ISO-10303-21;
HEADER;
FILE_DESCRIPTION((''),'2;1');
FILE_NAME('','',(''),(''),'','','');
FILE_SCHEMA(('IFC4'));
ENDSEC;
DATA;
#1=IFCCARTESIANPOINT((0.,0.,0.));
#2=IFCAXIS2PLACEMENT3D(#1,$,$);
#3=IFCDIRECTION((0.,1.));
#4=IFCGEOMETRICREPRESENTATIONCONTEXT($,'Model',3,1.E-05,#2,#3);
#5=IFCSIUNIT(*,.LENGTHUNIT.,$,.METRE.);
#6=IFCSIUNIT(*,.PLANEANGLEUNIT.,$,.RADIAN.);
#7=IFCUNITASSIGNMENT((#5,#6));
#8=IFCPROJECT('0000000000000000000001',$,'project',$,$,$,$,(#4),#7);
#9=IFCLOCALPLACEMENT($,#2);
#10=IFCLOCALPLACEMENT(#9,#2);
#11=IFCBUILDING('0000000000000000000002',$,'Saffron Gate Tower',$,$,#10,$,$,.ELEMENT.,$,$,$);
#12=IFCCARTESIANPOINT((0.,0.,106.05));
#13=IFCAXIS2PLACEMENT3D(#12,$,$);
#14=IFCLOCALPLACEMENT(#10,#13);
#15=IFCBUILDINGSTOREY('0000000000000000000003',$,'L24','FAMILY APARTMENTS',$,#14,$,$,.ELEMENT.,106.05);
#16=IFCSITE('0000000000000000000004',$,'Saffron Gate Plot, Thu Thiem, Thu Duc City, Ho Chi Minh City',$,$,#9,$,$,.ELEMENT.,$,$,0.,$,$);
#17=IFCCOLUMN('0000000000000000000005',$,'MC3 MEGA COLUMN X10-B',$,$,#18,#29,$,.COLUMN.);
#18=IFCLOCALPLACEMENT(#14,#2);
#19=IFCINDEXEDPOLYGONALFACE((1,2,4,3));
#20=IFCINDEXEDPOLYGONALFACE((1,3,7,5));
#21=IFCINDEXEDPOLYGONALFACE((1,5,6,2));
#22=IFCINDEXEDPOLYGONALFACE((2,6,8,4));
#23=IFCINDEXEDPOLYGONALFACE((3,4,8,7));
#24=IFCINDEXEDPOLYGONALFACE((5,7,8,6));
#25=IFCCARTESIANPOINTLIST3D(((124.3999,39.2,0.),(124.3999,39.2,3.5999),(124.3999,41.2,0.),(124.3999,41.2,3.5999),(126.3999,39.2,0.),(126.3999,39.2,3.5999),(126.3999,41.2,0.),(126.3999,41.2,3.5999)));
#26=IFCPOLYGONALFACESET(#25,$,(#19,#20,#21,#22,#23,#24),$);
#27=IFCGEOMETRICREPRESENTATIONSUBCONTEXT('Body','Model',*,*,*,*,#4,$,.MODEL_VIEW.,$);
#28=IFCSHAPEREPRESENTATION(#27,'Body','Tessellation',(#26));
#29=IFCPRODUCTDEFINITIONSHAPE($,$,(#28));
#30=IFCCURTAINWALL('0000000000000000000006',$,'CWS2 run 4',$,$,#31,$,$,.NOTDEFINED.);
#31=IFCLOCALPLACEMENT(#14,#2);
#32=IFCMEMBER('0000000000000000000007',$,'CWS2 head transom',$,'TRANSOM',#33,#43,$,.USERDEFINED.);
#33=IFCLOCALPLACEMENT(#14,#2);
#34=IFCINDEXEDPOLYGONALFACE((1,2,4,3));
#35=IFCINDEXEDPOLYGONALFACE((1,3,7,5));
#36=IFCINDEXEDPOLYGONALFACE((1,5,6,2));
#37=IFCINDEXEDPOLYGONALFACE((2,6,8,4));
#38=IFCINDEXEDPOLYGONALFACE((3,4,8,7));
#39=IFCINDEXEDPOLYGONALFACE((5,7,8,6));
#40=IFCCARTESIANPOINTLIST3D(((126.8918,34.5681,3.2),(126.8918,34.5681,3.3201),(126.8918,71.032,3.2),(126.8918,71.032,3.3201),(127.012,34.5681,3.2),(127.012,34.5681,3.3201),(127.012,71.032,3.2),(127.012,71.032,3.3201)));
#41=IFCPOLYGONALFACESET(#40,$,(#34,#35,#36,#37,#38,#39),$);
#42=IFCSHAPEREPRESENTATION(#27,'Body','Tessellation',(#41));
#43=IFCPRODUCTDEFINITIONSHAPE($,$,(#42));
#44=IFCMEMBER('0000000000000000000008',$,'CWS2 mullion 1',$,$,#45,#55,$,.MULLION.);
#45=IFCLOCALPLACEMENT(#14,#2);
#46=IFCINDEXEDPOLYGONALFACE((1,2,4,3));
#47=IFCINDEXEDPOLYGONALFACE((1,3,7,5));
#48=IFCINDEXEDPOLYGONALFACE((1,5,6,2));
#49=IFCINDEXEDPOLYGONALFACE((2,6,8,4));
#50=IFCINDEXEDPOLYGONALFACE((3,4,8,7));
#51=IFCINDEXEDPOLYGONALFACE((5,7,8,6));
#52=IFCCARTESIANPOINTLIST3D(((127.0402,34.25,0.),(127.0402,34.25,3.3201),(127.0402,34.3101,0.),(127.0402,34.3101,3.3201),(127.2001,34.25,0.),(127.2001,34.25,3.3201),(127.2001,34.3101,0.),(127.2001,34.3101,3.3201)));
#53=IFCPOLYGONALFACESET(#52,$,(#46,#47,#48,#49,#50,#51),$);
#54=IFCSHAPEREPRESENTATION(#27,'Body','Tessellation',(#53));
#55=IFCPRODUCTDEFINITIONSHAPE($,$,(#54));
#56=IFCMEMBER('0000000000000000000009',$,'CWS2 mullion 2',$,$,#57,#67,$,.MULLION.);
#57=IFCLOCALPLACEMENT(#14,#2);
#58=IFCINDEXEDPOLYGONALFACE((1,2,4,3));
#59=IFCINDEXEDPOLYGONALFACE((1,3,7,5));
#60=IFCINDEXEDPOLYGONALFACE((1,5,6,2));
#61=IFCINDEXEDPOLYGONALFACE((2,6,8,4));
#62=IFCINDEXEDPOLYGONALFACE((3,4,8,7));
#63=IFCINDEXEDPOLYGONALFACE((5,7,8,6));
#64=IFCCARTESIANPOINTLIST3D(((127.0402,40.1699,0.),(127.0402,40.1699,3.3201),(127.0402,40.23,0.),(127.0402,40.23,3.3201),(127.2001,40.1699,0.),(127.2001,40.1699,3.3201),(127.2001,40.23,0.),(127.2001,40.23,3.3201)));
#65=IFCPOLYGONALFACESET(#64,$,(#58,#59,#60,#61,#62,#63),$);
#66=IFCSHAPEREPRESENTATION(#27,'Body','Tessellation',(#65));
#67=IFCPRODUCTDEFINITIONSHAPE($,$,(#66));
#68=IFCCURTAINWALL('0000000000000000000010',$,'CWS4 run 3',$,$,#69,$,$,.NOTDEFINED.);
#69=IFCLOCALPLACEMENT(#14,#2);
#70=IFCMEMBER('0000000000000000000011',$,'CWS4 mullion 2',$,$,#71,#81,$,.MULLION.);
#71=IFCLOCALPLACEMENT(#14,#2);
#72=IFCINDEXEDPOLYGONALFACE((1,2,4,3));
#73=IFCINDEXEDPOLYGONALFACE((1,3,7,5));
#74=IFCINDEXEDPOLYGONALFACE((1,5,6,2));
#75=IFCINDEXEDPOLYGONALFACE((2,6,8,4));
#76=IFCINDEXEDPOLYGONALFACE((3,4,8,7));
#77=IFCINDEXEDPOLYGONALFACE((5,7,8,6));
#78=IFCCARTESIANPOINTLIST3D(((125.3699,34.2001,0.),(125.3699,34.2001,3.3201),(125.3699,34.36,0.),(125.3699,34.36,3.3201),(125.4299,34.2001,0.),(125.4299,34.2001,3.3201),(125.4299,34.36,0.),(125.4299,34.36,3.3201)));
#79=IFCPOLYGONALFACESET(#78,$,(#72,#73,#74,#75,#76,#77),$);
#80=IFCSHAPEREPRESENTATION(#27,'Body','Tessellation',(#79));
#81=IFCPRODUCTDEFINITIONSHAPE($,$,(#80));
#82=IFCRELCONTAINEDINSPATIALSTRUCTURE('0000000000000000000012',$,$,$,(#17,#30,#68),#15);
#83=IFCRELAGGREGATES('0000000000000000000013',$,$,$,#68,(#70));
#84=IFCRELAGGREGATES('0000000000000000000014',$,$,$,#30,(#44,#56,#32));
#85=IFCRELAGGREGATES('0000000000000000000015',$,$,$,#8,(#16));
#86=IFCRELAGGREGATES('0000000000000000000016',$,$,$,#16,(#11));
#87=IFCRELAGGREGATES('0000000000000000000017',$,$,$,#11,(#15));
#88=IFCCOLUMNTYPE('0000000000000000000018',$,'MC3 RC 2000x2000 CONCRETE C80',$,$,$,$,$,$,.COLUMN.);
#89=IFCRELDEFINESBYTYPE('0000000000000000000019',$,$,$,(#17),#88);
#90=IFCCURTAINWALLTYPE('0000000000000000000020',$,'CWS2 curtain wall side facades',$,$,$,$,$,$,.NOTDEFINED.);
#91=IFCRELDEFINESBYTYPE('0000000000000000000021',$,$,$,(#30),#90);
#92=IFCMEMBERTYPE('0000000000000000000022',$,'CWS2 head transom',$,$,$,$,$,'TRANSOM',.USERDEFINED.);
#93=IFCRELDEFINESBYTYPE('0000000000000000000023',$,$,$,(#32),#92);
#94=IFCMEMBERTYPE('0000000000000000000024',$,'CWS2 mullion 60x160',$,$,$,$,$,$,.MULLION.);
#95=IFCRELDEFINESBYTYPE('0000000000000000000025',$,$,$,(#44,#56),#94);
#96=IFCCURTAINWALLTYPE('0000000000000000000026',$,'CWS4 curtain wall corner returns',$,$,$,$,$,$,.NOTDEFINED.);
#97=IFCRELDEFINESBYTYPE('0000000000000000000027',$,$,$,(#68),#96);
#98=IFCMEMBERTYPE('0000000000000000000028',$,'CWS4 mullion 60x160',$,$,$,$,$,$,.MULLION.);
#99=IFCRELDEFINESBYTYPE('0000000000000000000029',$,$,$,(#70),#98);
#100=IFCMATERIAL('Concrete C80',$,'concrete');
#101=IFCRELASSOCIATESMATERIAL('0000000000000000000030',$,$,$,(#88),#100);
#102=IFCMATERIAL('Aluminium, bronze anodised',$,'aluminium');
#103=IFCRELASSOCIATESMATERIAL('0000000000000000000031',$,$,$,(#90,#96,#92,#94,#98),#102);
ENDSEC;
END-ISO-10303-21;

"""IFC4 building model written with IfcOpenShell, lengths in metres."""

from ifc_helpers import new_model, si_unit, direction, frame, origin, origin_2d, place, context, subcontext, project, spatial, rectangle, extrude, material, material_profile, profile_set, type_object, element, aggregate, save


model = new_model("IFC4")

# Units and contexts
model_context = context("Model", 3, precision=1e-05, world=origin(), true_north=direction((0.0, 1.0)))
body_context = subcontext(model_context, "Body", "Model", "MODEL_VIEW")
ifc_project = project(units=[si_unit("LENGTHUNIT", "METRE"), si_unit("PLANEANGLEUNIT", "RADIAN")], contexts=[model_context])

# Site, building, storey
site_placement = place(None, origin())
site = spatial("IfcSite", under=ifc_project, at=site_placement, Name="Saffron Gate Plot, Thu Thiem, Thu Duc City, Ho Chi Minh City", CompositionType="ELEMENT", RefElevation=0.0)
building_placement = place(site_placement, origin())
building = spatial("IfcBuilding", under=site, at=building_placement, Name="Saffron Gate Tower", CompositionType="ELEMENT")
storey_placement = place(building_placement, frame((0.0, 0.0, 106.05)))
storey = spatial("IfcBuildingStorey", under=building, at=storey_placement, Name="L24", Description="FAMILY APARTMENTS", CompositionType="ELEMENT", Elevation=106.05)

# Column
ifc_material_1 = material(Name="Concrete C80", Category="concrete")
ifc_material_profile_1 = material_profile(ifc_material_1, rectangle(XDim=2.0, YDim=2.0, at=origin_2d()))
ifc_profile_set_1 = profile_set([ifc_material_profile_1], Name="Concrete C80")
column_type = type_object("IfcColumnType", Name="MC3 RC 2000x2000 CONCRETE C80", PredefinedType="COLUMN", material=ifc_profile_set_1)
column_placement = place(storey_placement, frame((125.3999, 40.2, 0.0), z_axis=(0.0, 0.0, 1.0), x_axis=(1.0, 0.0, 0.0)))
element("IfcColumn", 1, at=column_placement, inside=storey, type_object=column_type, Name="MC3 MEGA COLUMN X10-B", PredefinedType="COLUMN", context=body_context, shape_type="SweptSolid", body=[
    extrude(rectangle(XDim=2.0, YDim=2.0, at=origin_2d()), origin(), (0.0, 0.0, 1.0), 3.5999),
])

# Curtain wall, members
ifc_material_2 = material(Name="Aluminium, bronze anodised", Category="aluminium")
curtain_wall_type_1 = type_object("IfcCurtainWallType", Name="CWS2 curtain wall side facades", PredefinedType="NOTDEFINED", material=ifc_material_2)
curtain_wall_1_placement = place(storey_placement, origin())
curtain_wall_1 = element("IfcCurtainWall", 2, at=curtain_wall_1_placement, inside=storey, type_object=curtain_wall_type_1, Name="CWS2 run 4", PredefinedType="NOTDEFINED")
ifc_material_profile_2 = material_profile(ifc_material_2, rectangle(XDim=0.1201, YDim=0.1201, at=origin_2d()))
ifc_profile_set_2 = profile_set([ifc_material_profile_2], Name="Aluminium, bronze anodised")
member_type_1 = type_object("IfcMemberType", Name="CWS2 head transom", ElementType="TRANSOM", PredefinedType="USERDEFINED", material=ifc_profile_set_2)
member_1_placement = place(storey_placement, frame((126.9519, 34.5681, 3.26), z_axis=(0.0, 1.0, 0.0), x_axis=(-1.0, 0.0, 0.0)))
member_1 = element("IfcMember", 3, at=member_1_placement, type_object=member_type_1, Name="CWS2 head transom", ObjectType="TRANSOM", PredefinedType="USERDEFINED", context=body_context, shape_type="SweptSolid", body=[
    extrude(rectangle(XDim=0.1201, YDim=0.1201, at=origin_2d()), origin(), (0.0, 0.0, 1.0), 36.4639),
])
ifc_material_profile_3 = material_profile(ifc_material_2, rectangle(XDim=0.1599, YDim=0.0601, at=origin_2d()))
ifc_profile_set_3 = profile_set([ifc_material_profile_3], Name="Aluminium, bronze anodised")
member_type_2 = type_object("IfcMemberType", Name="CWS2 mullion 60x160", PredefinedType="MULLION", material=ifc_profile_set_3)
member_2_placement = place(storey_placement, frame((127.1201, 34.28, 0.0), z_axis=(0.0, 0.0, 1.0), x_axis=(-1.0, 0.0, 0.0)))
member_2 = element("IfcMember", 4, at=member_2_placement, type_object=member_type_2, Name="CWS2 mullion 1", PredefinedType="MULLION", context=body_context, shape_type="SweptSolid", body=[
    extrude(rectangle(XDim=0.1599, YDim=0.0601, at=origin_2d()), origin(), (0.0, 0.0, 1.0), 3.3201),
])
member_3_placement = place(storey_placement, frame((127.1201, 40.2, 0.0), z_axis=(0.0, 0.0, 1.0), x_axis=(-1.0, 0.0, 0.0)))
member_3 = element("IfcMember", 5, at=member_3_placement, type_object=member_type_2, Name="CWS2 mullion 2", PredefinedType="MULLION", context=body_context, shape_type="SweptSolid", body=[
    extrude(rectangle(XDim=0.1599, YDim=0.0601, at=origin_2d()), origin(), (0.0, 0.0, 1.0), 3.3201),
])

# Curtain wall, member
curtain_wall_type_2 = type_object("IfcCurtainWallType", Name="CWS4 curtain wall corner returns", PredefinedType="NOTDEFINED", material=ifc_material_2)
curtain_wall_2_placement = place(storey_placement, origin())
curtain_wall_2 = element("IfcCurtainWall", 6, at=curtain_wall_2_placement, inside=storey, type_object=curtain_wall_type_2, Name="CWS4 run 3", PredefinedType="NOTDEFINED")
ifc_material_profile_4 = material_profile(ifc_material_2, rectangle(XDim=0.1599, YDim=0.0601, at=origin_2d()))
ifc_profile_set_4 = profile_set([ifc_material_profile_4], Name="Aluminium, bronze anodised")
member_type_3 = type_object("IfcMemberType", Name="CWS4 mullion 60x160", PredefinedType="MULLION", material=ifc_profile_set_4)
member_4_placement = place(storey_placement, frame((125.3999, 34.28, 0.0), z_axis=(0.0, 0.0, 1.0), x_axis=(0.0, 1.0, 0.0)))
member_4 = element("IfcMember", 7, at=member_4_placement, type_object=member_type_3, Name="CWS4 mullion 2", PredefinedType="MULLION", context=body_context, shape_type="SweptSolid", body=[
    extrude(rectangle(XDim=0.1599, YDim=0.0601, at=origin_2d()), origin(), (0.0, 0.0, 1.0), 3.3201),
])
aggregate(curtain_wall_2, [member_4])

aggregate(curtain_wall_1, [member_2, member_3, member_1])

save(model, "model.ifc")
